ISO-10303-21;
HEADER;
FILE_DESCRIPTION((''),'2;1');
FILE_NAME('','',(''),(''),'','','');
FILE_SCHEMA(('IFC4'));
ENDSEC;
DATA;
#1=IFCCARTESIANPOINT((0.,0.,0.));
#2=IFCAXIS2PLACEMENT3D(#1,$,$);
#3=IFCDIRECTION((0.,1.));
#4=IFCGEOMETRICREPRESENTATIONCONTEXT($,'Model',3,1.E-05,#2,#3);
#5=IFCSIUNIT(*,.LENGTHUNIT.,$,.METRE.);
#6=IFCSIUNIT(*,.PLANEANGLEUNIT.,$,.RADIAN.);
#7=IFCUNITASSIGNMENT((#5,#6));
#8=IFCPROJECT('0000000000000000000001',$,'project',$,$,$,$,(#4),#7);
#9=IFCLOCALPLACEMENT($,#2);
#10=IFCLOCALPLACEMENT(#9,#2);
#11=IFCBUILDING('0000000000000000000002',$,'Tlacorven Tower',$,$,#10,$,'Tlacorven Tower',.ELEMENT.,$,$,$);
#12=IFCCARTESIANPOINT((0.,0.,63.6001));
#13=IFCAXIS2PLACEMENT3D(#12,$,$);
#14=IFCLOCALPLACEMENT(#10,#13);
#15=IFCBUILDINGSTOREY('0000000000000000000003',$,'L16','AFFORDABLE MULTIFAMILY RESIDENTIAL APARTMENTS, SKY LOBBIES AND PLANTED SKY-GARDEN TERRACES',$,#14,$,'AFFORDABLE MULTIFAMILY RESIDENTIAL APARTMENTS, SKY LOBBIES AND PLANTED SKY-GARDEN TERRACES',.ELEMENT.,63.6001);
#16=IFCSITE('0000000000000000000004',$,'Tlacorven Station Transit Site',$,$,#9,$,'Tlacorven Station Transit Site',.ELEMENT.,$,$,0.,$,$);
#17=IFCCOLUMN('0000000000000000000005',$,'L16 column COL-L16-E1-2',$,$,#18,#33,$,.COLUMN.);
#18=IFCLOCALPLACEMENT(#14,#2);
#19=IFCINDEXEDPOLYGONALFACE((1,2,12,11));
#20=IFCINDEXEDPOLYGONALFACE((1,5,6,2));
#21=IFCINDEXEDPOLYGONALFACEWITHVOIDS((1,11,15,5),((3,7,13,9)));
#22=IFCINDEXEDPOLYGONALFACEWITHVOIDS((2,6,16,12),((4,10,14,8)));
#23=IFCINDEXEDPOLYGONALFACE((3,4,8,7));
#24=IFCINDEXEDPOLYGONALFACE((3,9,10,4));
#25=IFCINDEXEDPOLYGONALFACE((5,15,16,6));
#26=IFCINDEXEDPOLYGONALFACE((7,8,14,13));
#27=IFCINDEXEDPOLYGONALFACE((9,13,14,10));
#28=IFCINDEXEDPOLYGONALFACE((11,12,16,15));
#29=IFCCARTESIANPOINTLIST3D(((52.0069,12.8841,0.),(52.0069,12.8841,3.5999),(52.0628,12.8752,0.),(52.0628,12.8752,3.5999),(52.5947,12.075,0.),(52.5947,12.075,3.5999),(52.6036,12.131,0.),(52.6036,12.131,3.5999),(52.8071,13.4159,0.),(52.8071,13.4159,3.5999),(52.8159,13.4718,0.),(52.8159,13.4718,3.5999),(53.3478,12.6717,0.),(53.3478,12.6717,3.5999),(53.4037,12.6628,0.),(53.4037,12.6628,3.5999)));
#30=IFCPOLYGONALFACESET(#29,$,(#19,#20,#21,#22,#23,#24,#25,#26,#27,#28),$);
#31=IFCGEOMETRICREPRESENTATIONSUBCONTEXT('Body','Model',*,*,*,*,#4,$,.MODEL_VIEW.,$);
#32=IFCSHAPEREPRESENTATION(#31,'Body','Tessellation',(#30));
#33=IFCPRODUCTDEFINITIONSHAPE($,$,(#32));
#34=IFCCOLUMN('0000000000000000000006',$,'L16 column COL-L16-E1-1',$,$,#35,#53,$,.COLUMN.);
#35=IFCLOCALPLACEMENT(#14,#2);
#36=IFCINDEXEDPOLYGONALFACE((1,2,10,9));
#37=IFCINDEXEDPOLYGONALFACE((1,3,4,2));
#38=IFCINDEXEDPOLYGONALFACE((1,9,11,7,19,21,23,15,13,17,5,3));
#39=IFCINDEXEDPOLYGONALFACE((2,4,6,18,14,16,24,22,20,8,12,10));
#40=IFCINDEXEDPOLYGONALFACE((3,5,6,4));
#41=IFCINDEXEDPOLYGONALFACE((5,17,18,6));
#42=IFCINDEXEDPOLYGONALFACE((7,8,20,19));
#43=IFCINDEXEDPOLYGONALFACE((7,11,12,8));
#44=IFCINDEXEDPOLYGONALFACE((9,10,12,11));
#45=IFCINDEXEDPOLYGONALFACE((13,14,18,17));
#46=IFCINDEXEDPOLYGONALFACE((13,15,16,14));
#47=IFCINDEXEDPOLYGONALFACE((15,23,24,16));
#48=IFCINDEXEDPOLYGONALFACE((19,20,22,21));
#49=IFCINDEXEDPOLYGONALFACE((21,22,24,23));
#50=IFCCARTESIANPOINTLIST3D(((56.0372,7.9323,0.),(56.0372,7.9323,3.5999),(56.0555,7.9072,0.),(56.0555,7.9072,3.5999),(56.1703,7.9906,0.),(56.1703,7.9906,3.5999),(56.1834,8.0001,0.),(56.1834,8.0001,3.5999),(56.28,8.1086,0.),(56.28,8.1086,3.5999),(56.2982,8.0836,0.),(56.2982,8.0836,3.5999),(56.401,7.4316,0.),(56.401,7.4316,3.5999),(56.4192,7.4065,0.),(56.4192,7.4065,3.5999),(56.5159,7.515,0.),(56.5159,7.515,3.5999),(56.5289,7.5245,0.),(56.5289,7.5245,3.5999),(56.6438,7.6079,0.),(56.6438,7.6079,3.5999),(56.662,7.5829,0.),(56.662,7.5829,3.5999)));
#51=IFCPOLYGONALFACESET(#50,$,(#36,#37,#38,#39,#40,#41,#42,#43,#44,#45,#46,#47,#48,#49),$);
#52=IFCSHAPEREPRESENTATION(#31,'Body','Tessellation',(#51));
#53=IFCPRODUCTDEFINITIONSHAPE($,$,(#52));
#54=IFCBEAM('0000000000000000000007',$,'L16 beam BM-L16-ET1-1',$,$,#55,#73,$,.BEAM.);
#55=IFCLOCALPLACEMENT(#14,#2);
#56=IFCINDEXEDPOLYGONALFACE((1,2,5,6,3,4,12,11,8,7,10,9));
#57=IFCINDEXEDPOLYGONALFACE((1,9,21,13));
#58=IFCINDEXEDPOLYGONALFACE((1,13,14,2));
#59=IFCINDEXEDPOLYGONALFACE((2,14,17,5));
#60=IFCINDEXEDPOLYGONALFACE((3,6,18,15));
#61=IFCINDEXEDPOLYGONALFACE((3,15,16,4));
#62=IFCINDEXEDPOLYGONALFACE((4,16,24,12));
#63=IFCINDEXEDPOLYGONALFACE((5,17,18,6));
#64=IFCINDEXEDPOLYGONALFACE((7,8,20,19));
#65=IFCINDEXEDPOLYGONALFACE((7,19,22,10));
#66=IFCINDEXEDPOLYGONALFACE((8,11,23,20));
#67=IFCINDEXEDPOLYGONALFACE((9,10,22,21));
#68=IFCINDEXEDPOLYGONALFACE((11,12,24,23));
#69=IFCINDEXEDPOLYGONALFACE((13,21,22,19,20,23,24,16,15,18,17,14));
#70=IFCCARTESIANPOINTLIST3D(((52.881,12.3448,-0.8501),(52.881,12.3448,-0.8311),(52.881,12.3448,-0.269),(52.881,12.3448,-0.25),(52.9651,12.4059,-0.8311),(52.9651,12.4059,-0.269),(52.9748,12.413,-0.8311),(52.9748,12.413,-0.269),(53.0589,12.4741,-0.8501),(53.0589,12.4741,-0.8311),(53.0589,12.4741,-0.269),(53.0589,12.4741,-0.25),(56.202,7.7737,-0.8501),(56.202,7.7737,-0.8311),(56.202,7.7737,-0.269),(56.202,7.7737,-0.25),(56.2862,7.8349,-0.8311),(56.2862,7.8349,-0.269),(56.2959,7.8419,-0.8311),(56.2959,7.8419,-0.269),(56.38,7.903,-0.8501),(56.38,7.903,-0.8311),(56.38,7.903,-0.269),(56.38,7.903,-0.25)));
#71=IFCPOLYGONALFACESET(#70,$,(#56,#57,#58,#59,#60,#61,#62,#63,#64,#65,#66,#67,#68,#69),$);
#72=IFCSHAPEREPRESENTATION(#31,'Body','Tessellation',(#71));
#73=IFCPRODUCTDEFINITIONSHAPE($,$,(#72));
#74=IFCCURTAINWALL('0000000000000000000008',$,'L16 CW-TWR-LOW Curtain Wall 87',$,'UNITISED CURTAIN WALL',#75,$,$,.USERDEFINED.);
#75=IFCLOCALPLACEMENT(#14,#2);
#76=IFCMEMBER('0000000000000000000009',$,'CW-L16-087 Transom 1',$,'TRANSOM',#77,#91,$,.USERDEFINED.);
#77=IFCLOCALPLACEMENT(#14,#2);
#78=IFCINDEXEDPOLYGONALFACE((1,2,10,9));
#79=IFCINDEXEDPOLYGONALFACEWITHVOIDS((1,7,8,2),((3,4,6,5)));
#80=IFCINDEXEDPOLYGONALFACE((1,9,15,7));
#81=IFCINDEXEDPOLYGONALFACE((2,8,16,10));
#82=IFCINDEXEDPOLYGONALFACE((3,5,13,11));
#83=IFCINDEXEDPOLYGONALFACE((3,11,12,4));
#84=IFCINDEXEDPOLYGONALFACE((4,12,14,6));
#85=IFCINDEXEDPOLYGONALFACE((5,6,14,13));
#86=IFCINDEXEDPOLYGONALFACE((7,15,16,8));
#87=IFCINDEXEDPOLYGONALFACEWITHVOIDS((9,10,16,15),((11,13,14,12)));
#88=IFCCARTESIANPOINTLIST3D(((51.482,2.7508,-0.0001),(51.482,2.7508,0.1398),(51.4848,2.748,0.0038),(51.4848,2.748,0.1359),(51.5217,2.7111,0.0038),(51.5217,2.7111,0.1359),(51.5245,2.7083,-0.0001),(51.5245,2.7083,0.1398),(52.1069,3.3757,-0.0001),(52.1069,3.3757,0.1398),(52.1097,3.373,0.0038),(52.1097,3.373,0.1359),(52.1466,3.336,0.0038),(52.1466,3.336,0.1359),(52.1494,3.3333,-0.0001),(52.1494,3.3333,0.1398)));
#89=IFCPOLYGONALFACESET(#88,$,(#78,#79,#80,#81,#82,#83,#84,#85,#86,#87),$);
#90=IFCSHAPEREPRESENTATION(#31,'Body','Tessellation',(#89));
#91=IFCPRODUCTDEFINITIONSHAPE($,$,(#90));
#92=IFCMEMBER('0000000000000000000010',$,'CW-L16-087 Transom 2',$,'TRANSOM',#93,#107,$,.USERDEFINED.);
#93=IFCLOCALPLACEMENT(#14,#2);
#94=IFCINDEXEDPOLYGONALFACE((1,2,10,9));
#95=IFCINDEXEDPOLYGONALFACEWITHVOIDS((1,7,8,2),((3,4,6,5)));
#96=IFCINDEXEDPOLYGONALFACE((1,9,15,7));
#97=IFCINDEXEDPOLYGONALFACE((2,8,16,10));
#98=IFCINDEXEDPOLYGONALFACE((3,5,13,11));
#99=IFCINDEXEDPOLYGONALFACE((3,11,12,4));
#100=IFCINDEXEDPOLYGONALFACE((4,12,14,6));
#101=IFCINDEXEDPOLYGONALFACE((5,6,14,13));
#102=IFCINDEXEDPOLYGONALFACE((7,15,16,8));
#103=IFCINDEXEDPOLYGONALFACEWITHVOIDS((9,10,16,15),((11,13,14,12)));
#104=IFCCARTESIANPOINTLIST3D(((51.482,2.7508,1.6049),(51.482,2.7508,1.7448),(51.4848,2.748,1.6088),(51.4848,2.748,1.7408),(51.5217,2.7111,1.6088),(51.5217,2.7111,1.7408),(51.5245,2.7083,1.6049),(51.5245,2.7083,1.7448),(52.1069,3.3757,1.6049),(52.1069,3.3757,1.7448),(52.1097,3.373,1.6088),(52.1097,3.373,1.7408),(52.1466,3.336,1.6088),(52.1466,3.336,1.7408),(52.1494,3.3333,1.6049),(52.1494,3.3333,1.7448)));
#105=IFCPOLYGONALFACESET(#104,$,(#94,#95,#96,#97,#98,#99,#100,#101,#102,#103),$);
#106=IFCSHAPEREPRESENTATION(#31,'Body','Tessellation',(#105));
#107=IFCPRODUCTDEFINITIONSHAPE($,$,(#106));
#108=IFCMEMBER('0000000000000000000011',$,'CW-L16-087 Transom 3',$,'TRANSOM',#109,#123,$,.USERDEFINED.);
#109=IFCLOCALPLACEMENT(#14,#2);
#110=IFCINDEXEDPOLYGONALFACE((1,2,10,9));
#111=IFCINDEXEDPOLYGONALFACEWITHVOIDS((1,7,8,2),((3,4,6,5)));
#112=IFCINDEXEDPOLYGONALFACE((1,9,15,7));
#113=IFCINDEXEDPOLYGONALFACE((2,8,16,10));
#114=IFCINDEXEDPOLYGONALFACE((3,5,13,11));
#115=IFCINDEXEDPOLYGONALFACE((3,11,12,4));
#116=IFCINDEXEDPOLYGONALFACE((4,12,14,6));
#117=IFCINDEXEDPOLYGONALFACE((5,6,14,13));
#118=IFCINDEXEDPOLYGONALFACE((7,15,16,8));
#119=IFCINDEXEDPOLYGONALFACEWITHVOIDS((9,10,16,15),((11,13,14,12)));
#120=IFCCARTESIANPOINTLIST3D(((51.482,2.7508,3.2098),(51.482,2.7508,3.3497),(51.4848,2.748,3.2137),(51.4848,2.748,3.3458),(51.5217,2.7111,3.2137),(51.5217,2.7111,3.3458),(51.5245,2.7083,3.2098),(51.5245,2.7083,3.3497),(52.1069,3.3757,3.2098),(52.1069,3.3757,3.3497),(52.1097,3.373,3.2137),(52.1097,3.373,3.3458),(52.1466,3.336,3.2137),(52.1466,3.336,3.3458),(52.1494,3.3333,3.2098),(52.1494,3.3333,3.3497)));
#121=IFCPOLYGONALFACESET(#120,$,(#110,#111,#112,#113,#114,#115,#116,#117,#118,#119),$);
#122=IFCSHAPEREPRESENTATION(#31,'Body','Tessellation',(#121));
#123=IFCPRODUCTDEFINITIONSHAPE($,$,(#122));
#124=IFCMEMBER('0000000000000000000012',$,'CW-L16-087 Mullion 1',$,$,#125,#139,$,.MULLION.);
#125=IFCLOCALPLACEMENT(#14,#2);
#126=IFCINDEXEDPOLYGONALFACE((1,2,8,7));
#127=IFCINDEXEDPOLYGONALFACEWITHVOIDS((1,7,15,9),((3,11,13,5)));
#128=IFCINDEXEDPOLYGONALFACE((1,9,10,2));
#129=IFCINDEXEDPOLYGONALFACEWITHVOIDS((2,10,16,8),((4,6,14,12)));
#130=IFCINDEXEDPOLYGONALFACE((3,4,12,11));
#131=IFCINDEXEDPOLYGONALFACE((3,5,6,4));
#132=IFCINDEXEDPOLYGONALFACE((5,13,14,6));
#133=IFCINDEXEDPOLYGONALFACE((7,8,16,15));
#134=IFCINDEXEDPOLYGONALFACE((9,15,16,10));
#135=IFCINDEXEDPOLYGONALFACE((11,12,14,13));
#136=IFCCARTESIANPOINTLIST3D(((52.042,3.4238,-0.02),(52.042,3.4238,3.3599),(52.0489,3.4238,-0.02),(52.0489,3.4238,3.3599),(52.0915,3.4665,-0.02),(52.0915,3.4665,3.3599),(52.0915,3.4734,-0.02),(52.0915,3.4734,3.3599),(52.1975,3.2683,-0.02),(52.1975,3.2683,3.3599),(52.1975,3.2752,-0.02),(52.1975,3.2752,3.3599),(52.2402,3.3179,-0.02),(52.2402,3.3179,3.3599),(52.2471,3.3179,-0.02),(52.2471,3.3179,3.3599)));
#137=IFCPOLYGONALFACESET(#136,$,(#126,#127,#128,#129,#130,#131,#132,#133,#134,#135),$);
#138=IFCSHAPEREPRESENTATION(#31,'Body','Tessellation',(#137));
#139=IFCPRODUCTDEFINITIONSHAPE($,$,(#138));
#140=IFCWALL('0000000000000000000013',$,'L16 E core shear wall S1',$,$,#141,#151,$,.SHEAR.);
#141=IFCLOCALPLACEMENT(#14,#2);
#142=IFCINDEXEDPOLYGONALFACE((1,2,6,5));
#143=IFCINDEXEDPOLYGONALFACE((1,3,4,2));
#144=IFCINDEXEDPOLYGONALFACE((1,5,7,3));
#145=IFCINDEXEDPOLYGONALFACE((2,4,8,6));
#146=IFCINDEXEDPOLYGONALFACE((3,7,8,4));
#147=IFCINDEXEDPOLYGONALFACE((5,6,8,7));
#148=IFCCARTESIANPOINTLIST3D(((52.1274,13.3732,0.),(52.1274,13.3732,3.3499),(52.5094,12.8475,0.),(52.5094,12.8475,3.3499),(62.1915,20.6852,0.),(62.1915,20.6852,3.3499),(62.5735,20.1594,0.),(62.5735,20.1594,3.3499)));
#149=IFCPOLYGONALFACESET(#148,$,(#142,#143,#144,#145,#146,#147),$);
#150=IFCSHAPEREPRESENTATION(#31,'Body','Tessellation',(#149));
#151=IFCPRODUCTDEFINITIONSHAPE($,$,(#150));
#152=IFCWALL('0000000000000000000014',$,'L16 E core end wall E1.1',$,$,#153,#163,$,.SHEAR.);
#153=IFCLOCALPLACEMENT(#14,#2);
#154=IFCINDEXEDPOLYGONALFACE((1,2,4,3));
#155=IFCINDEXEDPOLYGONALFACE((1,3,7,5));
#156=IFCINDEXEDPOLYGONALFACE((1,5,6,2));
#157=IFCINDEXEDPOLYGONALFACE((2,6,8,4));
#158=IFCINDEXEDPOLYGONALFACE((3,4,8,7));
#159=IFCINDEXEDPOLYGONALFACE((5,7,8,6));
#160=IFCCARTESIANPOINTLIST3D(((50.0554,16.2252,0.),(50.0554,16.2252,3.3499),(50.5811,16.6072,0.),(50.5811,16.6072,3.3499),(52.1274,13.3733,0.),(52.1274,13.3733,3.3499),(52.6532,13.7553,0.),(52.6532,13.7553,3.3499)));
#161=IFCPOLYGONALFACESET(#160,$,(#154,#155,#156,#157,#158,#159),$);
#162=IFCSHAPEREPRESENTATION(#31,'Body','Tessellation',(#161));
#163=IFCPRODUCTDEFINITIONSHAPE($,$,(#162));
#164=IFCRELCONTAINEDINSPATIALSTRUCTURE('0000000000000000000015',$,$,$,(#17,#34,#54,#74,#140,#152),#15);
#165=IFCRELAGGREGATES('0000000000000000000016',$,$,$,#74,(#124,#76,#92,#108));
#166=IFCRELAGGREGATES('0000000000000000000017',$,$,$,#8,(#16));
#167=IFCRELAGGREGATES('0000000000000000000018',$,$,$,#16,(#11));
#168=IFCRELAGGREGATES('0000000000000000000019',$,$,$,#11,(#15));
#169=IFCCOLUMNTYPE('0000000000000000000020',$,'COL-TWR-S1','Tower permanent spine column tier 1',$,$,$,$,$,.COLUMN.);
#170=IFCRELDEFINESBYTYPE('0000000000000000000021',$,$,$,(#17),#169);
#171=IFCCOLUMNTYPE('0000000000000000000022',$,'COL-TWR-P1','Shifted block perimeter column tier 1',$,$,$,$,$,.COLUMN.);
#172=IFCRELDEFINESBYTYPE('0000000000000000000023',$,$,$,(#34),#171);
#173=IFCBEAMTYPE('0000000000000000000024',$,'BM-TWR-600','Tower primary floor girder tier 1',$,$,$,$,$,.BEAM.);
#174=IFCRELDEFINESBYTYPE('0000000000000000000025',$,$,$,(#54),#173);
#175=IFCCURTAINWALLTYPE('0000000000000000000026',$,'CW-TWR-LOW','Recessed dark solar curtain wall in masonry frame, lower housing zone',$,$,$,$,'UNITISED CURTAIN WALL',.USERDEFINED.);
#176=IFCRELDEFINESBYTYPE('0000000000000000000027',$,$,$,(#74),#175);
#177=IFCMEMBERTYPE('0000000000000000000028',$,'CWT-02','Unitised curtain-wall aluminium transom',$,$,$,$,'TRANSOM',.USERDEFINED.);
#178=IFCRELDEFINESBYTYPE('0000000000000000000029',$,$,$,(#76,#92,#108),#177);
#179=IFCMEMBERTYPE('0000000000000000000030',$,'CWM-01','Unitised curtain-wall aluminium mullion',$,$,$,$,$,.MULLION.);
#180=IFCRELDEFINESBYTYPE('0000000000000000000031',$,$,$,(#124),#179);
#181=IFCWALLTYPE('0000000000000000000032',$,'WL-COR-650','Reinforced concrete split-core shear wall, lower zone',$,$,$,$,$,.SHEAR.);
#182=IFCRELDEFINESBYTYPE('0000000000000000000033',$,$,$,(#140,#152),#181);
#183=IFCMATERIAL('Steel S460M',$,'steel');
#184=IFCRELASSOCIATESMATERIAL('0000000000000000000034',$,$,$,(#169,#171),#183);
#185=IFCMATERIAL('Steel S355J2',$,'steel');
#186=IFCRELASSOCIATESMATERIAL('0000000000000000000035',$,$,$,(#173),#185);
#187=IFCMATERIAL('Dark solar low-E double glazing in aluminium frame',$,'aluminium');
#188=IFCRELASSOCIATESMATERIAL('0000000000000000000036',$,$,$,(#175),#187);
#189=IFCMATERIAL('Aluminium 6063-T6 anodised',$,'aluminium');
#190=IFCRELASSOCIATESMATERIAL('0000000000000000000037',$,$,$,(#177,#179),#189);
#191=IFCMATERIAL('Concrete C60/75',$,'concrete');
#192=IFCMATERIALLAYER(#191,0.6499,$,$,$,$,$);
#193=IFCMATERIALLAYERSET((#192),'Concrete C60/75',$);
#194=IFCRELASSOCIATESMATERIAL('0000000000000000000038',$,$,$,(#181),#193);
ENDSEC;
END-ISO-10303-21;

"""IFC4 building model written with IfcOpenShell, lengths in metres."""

from ifc_helpers import new_model, si_unit, direction, frame, frame_2d, origin, origin_2d, place, context, subcontext, project, spatial, rectangle, hollow_rectangle, i_section, extrude, source, transform, mapped, material, layer, layer_set, material_profile, profile_set, type_object, element, aggregate, save


model = new_model("IFC4")

# Units and contexts
model_context = context("Model", 3, precision=1e-05, world=origin(), true_north=direction((0.0, 1.0)))
body_context = subcontext(model_context, "Body", "Model", "MODEL_VIEW")
ifc_project = project(units=[si_unit("LENGTHUNIT", "METRE"), si_unit("PLANEANGLEUNIT", "RADIAN")], contexts=[model_context])

# Site, building, storey
site_placement = place(None, origin())
site = spatial("IfcSite", under=ifc_project, at=site_placement, Name="Tlacorven Station Transit Site", LongName="Tlacorven Station Transit Site", CompositionType="ELEMENT", RefElevation=0.0)
building_placement = place(site_placement, origin())
building = spatial("IfcBuilding", under=site, at=building_placement, Name="Tlacorven Tower", LongName="Tlacorven Tower", CompositionType="ELEMENT")
storey_placement = place(building_placement, frame((0.0, 0.0, 63.6001)))
storey = spatial("IfcBuildingStorey", under=building, at=storey_placement, Name="L16", Description="AFFORDABLE MULTIFAMILY RESIDENTIAL APARTMENTS, SKY LOBBIES AND PLANTED SKY-GARDEN TERRACES", LongName="AFFORDABLE MULTIFAMILY RESIDENTIAL APARTMENTS, SKY LOBBIES AND PLANTED SKY-GARDEN TERRACES", CompositionType="ELEMENT", Elevation=63.6001)

# Columns
ifc_material_1 = material(Name="Steel S460M", Category="steel")
ifc_material_profile_1 = material_profile(ifc_material_1, hollow_rectangle(XDim=1.0, YDim=1.0, WallThickness=0.04, at=origin_2d()), Name="BOX 1000X1000X40")
ifc_profile_set_1 = profile_set([ifc_material_profile_1], Name="Steel S460M")
column_type_1 = type_object("IfcColumnType", Name="COL-TWR-S1", Description="Tower permanent spine column tier 1", PredefinedType="COLUMN", material=ifc_profile_set_1)
shared_shape_1 = source(origin(), body_context, "Body", "SweptSolid", [
    extrude(hollow_rectangle(XDim=1.0, YDim=1.0, WallThickness=0.04, at=origin_2d()), origin(), (0.0, 0.0, 1.0), 3.5999),
])
column_1_placement = place(storey_placement, frame((52.7053, 12.7734, 0.0), z_axis=(0.0, 0.0, 1.0), x_axis=(0.809017, 0.587785, 0.0)))
element("IfcColumn", 1, at=column_1_placement, inside=storey, type_object=column_type_1, Name="L16 column COL-L16-E1-2", PredefinedType="COLUMN", context=body_context, shape_type="MappedRepresentation", body=[
    mapped(shared_shape_1, transform((0.0, 0.0, 0.0), scale=1.0)),
])
ifc_material_profile_2 = material_profile(ifc_material_1, i_section(OverallWidth=0.3, OverallDepth=0.6499, WebThickness=0.0161, FlangeThickness=0.031, at=origin_2d()), Name="HEB 650")
ifc_profile_set_2 = profile_set([ifc_material_profile_2], Name="Steel S460M")
column_type_2 = type_object("IfcColumnType", Name="COL-TWR-P1", Description="Shifted block perimeter column tier 1", PredefinedType="COLUMN", material=ifc_profile_set_2)
shared_shape_2 = source(origin(), body_context, "Body", "SweptSolid", [
    extrude(i_section(OverallWidth=0.3, OverallDepth=0.6499, WebThickness=0.0161, FlangeThickness=0.031, at=origin_2d()), origin(), (0.0, 0.0, 1.0), 3.5999),
])
column_2_placement = place(storey_placement, frame((56.3496, 7.7576, 0.0), z_axis=(0.0, 0.0, 1.0), x_axis=(0.809017, 0.587785, 0.0)))
element("IfcColumn", 2, at=column_2_placement, inside=storey, type_object=column_type_2, Name="L16 column COL-L16-E1-1", PredefinedType="COLUMN", context=body_context, shape_type="MappedRepresentation", body=[
    mapped(shared_shape_2, transform((0.0, 0.0, 0.0), scale=1.0)),
])

# Beam
ifc_material_2 = material(Name="Steel S355J2", Category="steel")
ifc_material_profile_3 = material_profile(ifc_material_2, i_section(OverallWidth=0.22, OverallDepth=0.6001, WebThickness=0.012, FlangeThickness=0.019, at=origin_2d()), Name="IPE 600")
ifc_profile_set_3 = profile_set([ifc_material_profile_3], Name="Steel S355J2")
beam_type = type_object("IfcBeamType", Name="BM-TWR-600", Description="Tower primary floor girder tier 1", PredefinedType="BEAM", material=ifc_profile_set_3)
shared_shape_3 = source(origin(), body_context, "Body", "SweptSolid", [
    extrude(i_section(OverallWidth=0.22, OverallDepth=0.6001, WebThickness=0.012, FlangeThickness=0.019, at=origin_2d()), origin(), (0.0, 0.0, 1.0), 5.6501),
])
beam_placement = place(storey_placement, frame((56.291, 7.8384, -0.55), z_axis=(-0.587784, 0.809018, 0.0), x_axis=(-0.809018, -0.587784, 0.0)))
element("IfcBeam", 3, at=beam_placement, inside=storey, type_object=beam_type, Name="L16 beam BM-L16-ET1-1", PredefinedType="BEAM", context=body_context, shape_type="MappedRepresentation", body=[
    mapped(shared_shape_3, transform((0.0, 0.0, 0.0), scale=1.0)),
])

# Curtain wall, members
ifc_material_3 = material(Name="Dark solar low-E double glazing in aluminium frame", Category="aluminium")
curtain_wall_type = type_object("IfcCurtainWallType", Name="CW-TWR-LOW", Description="Recessed dark solar curtain wall in masonry frame, lower housing zone", ElementType="UNITISED CURTAIN WALL", PredefinedType="USERDEFINED", material=ifc_material_3)
curtain_wall_placement = place(storey_placement, origin())
curtain_wall = element("IfcCurtainWall", 4, at=curtain_wall_placement, inside=storey, type_object=curtain_wall_type, Name="L16 CW-TWR-LOW Curtain Wall 87", ObjectType="UNITISED CURTAIN WALL", PredefinedType="USERDEFINED")
ifc_material_4 = material(Name="Aluminium 6063-T6 anodised", Category="aluminium")
ifc_material_profile_4 = material_profile(ifc_material_4, hollow_rectangle(XDim=0.0601, YDim=0.1399, WallThickness=0.0039, at=origin_2d()), Name="ALU TRANSOM 60X140")
ifc_profile_set_4 = profile_set([ifc_material_profile_4], Name="Aluminium 6063-T6 anodised")
member_type_1 = type_object("IfcMemberType", Name="CWT-02", Description="Unitised curtain-wall aluminium transom", ElementType="TRANSOM", PredefinedType="USERDEFINED", material=ifc_profile_set_4)
shared_shape_4 = source(origin(), body_context, "Body", "SweptSolid", [
    extrude(hollow_rectangle(XDim=0.0601, YDim=0.1399, WallThickness=0.0039, at=origin_2d()), origin(), (0.0, 0.0, 1.0), 0.8838),
])
member_1_placement = place(storey_placement, frame((52.1282, 3.3545, 0.0698), z_axis=(-0.707107, -0.707107, 0.0), x_axis=(0.707107, -0.707107, 0.0)))
member_1 = element("IfcMember", 5, at=member_1_placement, type_object=member_type_1, Name="CW-L16-087 Transom 1", ObjectType="TRANSOM", PredefinedType="USERDEFINED", context=body_context, shape_type="MappedRepresentation", body=[
    mapped(shared_shape_4, transform((0.0, 0.0, 0.0), scale=1.0)),
])
member_2_placement = place(storey_placement, frame((52.1282, 3.3545, 1.6748), z_axis=(-0.707107, -0.707107, 0.0), x_axis=(0.707107, -0.707107, 0.0)))
member_2 = element("IfcMember", 6, at=member_2_placement, type_object=member_type_1, Name="CW-L16-087 Transom 2", ObjectType="TRANSOM", PredefinedType="USERDEFINED", context=body_context, shape_type="MappedRepresentation", body=[
    mapped(shared_shape_4, transform((0.0, 0.0, 0.0), scale=1.0)),
])
member_3_placement = place(storey_placement, frame((52.1282, 3.3545, 3.2798), z_axis=(-0.707107, -0.707107, 0.0), x_axis=(0.707107, -0.707107, 0.0)))
member_3 = element("IfcMember", 7, at=member_3_placement, type_object=member_type_1, Name="CW-L16-087 Transom 3", ObjectType="TRANSOM", PredefinedType="USERDEFINED", context=body_context, shape_type="MappedRepresentation", body=[
    mapped(shared_shape_4, transform((0.0, 0.0, 0.0), scale=1.0)),
])
ifc_material_profile_5 = material_profile(ifc_material_4, hollow_rectangle(XDim=0.0701, YDim=0.22, WallThickness=0.0049, at=origin_2d()), Name="ALU MULLION 70X220")
ifc_profile_set_5 = profile_set([ifc_material_profile_5], Name="Aluminium 6063-T6 anodised")
member_type_2 = type_object("IfcMemberType", Name="CWM-01", Description="Unitised curtain-wall aluminium mullion", PredefinedType="MULLION", material=ifc_profile_set_5)
shared_shape_5 = source(origin(), body_context, "Body", "SweptSolid", [
    extrude(hollow_rectangle(XDim=0.0701, YDim=0.22, WallThickness=0.0049, at=origin_2d()), origin(), (0.0, 0.0, 1.0), 3.3799),
])
member_4_placement = place(storey_placement, frame((52.1445, 3.3708, -0.02), z_axis=(0.0, 0.0, 1.0), x_axis=(-0.707107, -0.707107, 0.0)))
member_4 = element("IfcMember", 8, at=member_4_placement, type_object=member_type_2, Name="CW-L16-087 Mullion 1", PredefinedType="MULLION", context=body_context, shape_type="MappedRepresentation", body=[
    mapped(shared_shape_5, transform((0.0, 0.0, 0.0), scale=1.0)),
])
aggregate(curtain_wall, [member_4, member_1, member_2, member_3])

# Walls
ifc_material_5 = material(Name="Concrete C60/75", Category="concrete")
ifc_layer_1 = layer(ifc_material_5, 0.6499)
ifc_layer_set_1 = layer_set([ifc_layer_1], Name="Concrete C60/75")
wall_type_1 = type_object("IfcWallType", Name="WL-COR-650", Description="Reinforced concrete split-core shear wall, lower zone", PredefinedType="SHEAR", material=ifc_layer_set_1)
wall_1_placement = place(storey_placement, frame((52.3184, 13.1104, 0.0), z_axis=(0.0, 0.0, 1.0), x_axis=(0.809019, 0.587782, 0.0)))
element("IfcWall", 9, at=wall_1_placement, inside=storey, type_object=wall_type_1, Name="L16 E core shear wall S1", PredefinedType="SHEAR", context=body_context, shape_type="SweptSolid", body=[
    extrude(rectangle(XDim=12.4399, YDim=0.6499, at=frame_2d((6.22, 0.0))), origin(), (0.0, 0.0, 1.0), 3.3499),
])
wall_2_placement = place(storey_placement, frame((52.3904, 13.5642, 0.0), z_axis=(0.0, 0.0, 1.0), x_axis=(-0.587797, 0.809009, 0.0)))
element("IfcWall", 10, at=wall_2_placement, inside=storey, type_object=wall_type_1, Name="L16 E core end wall E1.1", PredefinedType="SHEAR", context=body_context, shape_type="SweptSolid", body=[
    extrude(rectangle(XDim=3.5251, YDim=0.6499, at=frame_2d((1.7627, 0.0))), origin(), (0.0, 0.0, 1.0), 3.3499),
])

save(model, "model.ifc")
